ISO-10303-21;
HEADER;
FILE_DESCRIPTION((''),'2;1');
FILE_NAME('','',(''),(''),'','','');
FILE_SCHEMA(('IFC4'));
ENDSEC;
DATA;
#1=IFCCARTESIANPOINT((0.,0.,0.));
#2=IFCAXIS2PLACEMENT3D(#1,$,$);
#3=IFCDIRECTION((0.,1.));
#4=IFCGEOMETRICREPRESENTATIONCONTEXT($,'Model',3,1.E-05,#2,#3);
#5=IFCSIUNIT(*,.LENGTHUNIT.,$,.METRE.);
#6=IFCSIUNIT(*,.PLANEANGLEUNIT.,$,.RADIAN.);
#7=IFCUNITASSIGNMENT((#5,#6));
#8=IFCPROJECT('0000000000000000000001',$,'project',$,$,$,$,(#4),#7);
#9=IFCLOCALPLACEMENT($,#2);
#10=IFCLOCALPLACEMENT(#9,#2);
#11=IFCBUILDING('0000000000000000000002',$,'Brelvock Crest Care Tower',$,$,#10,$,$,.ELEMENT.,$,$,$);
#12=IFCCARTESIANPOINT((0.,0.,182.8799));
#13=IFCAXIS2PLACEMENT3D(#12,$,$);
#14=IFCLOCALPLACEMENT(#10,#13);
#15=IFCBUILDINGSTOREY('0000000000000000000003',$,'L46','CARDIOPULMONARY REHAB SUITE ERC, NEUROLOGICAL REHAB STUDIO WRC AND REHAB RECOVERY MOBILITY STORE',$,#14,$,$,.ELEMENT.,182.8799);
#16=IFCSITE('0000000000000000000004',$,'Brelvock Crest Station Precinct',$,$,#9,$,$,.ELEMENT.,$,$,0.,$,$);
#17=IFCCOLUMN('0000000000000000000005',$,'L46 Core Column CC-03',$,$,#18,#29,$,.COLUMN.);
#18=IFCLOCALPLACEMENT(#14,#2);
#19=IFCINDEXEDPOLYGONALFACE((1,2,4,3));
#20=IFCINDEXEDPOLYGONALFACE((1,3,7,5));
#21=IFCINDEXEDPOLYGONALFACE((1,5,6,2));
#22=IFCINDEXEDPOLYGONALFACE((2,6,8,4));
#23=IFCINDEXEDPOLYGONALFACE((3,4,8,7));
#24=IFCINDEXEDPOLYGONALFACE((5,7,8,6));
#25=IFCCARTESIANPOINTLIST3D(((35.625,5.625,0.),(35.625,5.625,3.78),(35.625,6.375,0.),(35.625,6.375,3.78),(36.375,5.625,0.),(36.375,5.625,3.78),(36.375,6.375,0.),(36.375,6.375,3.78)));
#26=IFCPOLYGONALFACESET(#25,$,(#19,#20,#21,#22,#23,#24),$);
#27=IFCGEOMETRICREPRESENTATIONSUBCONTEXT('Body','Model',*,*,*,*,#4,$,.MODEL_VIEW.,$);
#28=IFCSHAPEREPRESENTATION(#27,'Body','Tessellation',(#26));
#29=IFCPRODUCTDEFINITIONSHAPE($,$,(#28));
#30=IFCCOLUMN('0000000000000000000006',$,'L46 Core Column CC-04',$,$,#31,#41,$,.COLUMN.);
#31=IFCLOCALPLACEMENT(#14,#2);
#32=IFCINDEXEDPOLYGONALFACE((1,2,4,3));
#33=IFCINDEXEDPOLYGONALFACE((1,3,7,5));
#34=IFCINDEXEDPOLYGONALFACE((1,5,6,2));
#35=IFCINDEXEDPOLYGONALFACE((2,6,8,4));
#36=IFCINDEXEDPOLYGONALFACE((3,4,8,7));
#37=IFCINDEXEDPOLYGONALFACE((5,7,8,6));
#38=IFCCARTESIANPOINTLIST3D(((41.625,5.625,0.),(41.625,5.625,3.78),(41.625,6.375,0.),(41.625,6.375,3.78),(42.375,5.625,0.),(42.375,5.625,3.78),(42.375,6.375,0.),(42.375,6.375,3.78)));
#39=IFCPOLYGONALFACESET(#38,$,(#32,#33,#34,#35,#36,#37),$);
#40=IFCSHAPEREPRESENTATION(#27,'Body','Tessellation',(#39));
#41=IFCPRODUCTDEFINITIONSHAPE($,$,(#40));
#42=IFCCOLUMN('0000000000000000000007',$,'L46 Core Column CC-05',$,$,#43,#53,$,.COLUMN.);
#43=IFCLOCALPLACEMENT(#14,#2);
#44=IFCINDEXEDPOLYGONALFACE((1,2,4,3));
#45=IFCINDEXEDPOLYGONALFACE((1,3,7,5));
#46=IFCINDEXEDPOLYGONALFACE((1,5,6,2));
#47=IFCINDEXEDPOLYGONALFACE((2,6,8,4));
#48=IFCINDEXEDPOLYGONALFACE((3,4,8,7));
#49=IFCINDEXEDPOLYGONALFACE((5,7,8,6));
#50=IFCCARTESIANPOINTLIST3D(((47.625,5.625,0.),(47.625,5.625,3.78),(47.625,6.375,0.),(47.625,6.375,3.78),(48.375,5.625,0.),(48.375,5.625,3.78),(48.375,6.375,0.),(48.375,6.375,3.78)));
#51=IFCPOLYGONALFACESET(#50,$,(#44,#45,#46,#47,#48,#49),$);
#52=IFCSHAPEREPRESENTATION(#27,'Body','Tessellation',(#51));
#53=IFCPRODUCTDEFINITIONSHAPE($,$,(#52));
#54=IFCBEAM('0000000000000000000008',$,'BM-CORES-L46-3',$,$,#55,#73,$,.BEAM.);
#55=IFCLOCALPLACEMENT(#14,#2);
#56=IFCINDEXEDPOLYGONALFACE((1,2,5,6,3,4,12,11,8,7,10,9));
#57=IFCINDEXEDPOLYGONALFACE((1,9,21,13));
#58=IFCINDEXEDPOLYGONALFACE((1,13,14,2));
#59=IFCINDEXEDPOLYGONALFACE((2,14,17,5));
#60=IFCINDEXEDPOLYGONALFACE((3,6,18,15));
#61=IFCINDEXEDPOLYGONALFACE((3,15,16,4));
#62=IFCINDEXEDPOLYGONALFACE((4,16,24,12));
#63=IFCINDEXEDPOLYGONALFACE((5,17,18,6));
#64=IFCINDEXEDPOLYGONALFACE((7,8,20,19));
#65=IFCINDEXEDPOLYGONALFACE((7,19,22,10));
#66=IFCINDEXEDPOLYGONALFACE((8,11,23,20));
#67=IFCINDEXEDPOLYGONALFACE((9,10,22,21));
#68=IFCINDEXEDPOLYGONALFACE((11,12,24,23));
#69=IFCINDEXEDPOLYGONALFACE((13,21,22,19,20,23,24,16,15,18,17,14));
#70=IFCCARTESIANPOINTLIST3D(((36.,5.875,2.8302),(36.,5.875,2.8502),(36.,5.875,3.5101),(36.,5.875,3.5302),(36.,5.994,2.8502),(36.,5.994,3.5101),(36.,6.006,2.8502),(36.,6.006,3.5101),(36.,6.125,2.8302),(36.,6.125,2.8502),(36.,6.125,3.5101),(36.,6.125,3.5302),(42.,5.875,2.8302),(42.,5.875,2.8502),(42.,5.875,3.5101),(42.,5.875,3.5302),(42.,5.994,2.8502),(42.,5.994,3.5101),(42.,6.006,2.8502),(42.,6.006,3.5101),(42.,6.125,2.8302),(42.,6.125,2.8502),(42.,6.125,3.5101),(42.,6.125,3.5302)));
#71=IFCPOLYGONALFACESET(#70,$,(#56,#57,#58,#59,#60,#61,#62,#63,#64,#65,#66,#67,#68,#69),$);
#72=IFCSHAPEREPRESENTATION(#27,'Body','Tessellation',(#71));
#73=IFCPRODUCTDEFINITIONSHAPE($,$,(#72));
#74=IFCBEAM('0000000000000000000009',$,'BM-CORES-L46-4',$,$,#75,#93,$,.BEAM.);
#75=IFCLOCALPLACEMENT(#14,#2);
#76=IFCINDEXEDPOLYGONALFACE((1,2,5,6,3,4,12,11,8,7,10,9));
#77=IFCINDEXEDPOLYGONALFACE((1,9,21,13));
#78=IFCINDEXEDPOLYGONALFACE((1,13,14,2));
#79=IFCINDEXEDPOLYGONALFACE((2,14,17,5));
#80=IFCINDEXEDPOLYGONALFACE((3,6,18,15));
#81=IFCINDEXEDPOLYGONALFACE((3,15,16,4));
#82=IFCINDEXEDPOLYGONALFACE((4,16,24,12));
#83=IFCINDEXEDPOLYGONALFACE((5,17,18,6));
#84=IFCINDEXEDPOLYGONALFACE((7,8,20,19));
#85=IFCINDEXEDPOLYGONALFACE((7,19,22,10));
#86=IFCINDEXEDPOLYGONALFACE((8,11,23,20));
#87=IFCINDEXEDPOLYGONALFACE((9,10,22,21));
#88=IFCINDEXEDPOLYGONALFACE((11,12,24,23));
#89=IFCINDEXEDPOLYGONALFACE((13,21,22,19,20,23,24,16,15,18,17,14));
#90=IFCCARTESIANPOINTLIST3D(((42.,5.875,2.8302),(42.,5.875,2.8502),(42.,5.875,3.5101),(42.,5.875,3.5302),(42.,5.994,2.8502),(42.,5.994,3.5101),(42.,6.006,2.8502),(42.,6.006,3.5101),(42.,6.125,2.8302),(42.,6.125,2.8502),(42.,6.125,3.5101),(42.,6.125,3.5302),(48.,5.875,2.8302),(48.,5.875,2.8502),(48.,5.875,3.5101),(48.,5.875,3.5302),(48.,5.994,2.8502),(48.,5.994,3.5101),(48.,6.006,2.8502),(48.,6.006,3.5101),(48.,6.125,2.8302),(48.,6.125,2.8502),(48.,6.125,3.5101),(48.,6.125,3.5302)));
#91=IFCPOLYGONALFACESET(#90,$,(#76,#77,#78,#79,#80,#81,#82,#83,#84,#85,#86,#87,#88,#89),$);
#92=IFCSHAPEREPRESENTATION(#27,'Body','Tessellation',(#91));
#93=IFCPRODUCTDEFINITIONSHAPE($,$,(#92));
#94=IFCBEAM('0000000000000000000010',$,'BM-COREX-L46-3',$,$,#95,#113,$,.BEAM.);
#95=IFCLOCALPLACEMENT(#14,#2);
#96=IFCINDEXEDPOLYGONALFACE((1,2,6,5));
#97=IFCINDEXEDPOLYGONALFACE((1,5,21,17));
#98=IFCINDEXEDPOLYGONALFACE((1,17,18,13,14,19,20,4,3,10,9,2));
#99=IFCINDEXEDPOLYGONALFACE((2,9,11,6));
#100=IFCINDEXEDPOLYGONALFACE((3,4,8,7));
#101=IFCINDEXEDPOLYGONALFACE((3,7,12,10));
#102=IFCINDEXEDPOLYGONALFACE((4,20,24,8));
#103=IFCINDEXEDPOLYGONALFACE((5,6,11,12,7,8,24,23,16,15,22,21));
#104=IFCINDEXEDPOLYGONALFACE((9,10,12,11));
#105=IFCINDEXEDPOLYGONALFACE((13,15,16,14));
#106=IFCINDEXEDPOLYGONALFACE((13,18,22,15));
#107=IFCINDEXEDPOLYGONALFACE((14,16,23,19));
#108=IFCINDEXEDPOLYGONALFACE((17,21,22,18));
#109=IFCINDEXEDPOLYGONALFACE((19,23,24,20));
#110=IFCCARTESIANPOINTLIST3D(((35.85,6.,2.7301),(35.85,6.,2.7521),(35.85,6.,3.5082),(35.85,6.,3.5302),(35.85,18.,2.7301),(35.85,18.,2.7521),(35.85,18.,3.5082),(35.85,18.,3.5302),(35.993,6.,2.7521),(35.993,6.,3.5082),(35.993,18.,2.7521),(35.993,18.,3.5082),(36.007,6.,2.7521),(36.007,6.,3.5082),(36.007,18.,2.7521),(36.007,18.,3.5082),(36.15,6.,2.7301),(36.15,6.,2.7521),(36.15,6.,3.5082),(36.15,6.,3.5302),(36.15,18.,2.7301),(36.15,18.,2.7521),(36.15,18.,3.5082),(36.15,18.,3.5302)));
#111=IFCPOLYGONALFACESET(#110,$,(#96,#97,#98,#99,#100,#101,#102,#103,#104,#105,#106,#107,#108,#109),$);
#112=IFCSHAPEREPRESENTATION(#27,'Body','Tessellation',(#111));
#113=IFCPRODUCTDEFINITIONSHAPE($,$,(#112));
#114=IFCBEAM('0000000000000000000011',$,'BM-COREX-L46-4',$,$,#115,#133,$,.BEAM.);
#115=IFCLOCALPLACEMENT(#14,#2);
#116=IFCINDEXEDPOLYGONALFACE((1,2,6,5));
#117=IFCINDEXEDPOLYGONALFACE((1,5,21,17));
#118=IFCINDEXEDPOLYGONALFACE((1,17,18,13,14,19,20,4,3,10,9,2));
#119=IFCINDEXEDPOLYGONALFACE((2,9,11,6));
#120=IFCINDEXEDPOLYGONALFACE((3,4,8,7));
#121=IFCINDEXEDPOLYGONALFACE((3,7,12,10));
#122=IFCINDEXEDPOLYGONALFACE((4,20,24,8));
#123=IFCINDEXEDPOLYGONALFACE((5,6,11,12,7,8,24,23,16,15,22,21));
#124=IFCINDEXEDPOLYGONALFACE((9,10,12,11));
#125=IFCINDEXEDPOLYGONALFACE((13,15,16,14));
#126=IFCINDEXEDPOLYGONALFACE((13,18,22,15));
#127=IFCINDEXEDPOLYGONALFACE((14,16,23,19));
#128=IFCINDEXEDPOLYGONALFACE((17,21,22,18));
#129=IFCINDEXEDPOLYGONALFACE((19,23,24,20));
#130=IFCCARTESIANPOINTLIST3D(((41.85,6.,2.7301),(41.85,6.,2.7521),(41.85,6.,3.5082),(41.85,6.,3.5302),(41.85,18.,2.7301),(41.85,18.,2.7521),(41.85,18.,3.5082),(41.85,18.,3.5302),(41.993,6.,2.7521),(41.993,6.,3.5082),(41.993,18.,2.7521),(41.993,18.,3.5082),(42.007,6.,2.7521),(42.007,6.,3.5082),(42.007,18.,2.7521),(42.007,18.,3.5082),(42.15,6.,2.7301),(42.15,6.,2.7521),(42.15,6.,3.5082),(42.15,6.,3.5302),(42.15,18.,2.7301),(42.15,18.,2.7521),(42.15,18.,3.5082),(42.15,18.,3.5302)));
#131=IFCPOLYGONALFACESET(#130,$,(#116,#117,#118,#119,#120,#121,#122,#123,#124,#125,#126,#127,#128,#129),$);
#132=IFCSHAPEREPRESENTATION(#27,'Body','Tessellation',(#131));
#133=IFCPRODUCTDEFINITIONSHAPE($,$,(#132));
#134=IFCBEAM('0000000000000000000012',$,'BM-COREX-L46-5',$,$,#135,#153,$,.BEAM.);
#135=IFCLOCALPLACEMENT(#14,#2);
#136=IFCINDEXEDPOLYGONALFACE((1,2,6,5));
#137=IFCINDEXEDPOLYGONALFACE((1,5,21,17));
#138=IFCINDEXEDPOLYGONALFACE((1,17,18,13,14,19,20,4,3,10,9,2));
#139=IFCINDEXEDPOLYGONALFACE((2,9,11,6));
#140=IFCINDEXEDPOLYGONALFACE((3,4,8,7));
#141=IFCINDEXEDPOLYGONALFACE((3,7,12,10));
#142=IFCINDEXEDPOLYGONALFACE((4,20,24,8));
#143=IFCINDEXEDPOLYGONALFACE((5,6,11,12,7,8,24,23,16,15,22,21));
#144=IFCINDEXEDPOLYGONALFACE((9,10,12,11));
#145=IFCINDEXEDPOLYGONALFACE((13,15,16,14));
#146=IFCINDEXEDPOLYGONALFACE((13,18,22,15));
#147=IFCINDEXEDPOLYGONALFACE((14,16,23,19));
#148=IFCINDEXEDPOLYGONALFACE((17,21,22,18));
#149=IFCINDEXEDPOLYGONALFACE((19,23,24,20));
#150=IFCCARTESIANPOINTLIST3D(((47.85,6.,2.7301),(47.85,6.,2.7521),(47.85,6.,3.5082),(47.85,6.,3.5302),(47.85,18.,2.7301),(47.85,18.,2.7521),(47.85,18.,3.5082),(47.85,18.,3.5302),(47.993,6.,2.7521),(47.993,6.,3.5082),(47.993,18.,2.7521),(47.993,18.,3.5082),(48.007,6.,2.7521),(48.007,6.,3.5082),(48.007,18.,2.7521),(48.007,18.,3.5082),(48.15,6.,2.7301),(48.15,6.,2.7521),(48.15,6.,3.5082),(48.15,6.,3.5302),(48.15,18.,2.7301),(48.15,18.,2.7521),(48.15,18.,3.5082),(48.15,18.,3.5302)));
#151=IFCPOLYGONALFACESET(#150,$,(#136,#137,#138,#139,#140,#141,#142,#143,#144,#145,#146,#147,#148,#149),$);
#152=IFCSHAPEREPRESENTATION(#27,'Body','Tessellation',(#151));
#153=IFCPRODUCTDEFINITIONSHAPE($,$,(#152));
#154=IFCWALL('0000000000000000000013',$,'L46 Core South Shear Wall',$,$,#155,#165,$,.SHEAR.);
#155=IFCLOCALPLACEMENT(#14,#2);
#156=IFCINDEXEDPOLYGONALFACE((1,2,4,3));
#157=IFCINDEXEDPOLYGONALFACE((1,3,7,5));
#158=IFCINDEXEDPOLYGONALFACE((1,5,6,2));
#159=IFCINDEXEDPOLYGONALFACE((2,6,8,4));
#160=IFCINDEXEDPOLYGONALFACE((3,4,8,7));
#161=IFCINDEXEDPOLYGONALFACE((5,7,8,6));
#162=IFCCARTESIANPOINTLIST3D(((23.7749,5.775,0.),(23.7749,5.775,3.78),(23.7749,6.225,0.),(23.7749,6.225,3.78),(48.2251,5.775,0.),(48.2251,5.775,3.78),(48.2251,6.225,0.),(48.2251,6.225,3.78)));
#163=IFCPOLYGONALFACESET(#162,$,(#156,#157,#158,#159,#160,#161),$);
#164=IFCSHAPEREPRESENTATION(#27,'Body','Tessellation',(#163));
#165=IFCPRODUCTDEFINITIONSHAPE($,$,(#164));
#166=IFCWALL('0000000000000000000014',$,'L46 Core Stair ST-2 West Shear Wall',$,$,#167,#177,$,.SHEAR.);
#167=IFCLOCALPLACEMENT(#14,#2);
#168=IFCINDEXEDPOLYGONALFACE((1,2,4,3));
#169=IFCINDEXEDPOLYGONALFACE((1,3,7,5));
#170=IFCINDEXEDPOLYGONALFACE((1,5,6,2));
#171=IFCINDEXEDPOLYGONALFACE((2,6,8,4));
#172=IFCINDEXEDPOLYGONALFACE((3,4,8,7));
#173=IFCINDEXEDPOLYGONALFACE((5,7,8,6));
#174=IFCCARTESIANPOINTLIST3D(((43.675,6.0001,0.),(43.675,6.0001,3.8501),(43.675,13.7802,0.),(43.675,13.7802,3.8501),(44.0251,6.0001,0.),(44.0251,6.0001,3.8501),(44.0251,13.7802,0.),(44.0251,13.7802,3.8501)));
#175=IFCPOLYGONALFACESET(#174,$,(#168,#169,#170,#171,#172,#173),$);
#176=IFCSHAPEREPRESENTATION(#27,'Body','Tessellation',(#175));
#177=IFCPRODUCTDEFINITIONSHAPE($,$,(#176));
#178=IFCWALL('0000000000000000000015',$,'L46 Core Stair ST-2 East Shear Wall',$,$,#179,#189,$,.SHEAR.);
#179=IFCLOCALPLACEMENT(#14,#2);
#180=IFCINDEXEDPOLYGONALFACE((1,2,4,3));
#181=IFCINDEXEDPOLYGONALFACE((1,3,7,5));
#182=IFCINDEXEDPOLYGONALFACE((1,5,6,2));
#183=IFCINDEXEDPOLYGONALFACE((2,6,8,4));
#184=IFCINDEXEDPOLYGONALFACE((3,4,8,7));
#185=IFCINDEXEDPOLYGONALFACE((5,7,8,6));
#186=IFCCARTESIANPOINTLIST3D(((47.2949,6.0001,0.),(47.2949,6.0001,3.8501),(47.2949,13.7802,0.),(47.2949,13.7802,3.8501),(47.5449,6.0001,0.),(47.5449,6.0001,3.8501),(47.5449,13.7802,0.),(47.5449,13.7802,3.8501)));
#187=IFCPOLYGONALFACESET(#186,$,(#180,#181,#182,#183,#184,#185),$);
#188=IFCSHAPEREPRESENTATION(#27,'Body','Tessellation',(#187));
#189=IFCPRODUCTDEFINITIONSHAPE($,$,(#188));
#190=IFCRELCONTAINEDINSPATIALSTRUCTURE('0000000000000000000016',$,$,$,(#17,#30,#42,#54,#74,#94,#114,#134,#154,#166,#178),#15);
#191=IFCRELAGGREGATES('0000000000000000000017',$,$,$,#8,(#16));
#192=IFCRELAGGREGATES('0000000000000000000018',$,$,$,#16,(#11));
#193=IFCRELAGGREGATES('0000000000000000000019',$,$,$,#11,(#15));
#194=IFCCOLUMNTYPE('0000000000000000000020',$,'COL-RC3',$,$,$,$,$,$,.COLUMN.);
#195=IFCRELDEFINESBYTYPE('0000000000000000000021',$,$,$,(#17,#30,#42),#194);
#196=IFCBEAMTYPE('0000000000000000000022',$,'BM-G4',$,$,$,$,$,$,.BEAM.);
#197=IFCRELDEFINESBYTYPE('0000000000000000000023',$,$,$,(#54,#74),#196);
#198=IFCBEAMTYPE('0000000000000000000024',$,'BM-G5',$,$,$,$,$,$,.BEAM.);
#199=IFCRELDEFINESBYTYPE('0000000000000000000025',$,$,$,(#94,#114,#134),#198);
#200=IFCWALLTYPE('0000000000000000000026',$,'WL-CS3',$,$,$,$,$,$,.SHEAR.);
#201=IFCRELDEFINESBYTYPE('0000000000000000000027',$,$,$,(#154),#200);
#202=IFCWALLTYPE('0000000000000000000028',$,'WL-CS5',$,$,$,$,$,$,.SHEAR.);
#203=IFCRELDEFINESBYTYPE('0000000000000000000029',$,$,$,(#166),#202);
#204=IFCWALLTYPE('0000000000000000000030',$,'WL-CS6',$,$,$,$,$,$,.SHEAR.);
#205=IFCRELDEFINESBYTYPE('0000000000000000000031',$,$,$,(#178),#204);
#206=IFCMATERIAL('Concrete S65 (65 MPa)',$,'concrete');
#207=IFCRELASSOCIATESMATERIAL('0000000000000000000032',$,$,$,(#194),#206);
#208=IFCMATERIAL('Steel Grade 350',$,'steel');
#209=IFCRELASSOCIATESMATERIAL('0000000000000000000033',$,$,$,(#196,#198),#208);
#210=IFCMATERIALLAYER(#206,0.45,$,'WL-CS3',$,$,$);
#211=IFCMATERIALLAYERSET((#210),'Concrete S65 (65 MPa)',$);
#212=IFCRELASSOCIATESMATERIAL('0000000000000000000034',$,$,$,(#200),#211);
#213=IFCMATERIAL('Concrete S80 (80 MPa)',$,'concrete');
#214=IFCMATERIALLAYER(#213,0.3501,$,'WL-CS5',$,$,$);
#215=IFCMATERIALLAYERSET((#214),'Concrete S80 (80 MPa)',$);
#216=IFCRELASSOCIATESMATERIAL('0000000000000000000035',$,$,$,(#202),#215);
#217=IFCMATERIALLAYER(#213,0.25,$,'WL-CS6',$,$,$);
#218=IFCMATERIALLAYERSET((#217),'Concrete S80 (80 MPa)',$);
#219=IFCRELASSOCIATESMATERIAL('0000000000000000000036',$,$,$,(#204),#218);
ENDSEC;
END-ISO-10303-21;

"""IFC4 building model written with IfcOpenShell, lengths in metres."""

from ifc_helpers import new_model, si_unit, direction, frame, frame_2d, origin, origin_2d, place, context, subcontext, project, spatial, rectangle, i_section, extrude, source, transform, mapped, material, layer, layer_set, material_profile, profile_set, type_object, element, save


model = new_model("IFC4")

# Units and contexts
model_context = context("Model", 3, precision=1e-05, world=origin(), true_north=direction((0.0, 1.0)))
body_context = subcontext(model_context, "Body", "Model", "MODEL_VIEW")
ifc_project = project(units=[si_unit("LENGTHUNIT", "METRE"), si_unit("PLANEANGLEUNIT", "RADIAN")], contexts=[model_context])

# Site, building, storey
site_placement = place(None, origin())
site = spatial("IfcSite", under=ifc_project, at=site_placement, Name="Brelvock Crest Station Precinct", CompositionType="ELEMENT", RefElevation=0.0)
building_placement = place(site_placement, origin())
building = spatial("IfcBuilding", under=site, at=building_placement, Name="Brelvock Crest Care Tower", CompositionType="ELEMENT")
storey_placement = place(building_placement, frame((0.0, 0.0, 182.8799)))
storey = spatial("IfcBuildingStorey", under=building, at=storey_placement, Name="L46", Description="CARDIOPULMONARY REHAB SUITE ERC, NEUROLOGICAL REHAB STUDIO WRC AND REHAB RECOVERY MOBILITY STORE", CompositionType="ELEMENT", Elevation=182.8799)

# Columns
ifc_material_1 = material(Name="Concrete S65 (65 MPa)", Category="concrete")
ifc_material_profile_1 = material_profile(ifc_material_1, rectangle(XDim=0.75, YDim=0.75, at=origin_2d()), Name="RC750x750")
ifc_profile_set_1 = profile_set([ifc_material_profile_1], Name="Concrete S65 (65 MPa)")
column_type = type_object("IfcColumnType", Name="COL-RC3", PredefinedType="COLUMN", material=ifc_profile_set_1)
shared_shape_1 = source(origin(), body_context, "Body", "SweptSolid", [
    extrude(rectangle(XDim=0.75, YDim=0.75, at=origin_2d()), origin(), (0.0, 0.0, 1.0), 3.78),
])
for number, where, z_axis, x_axis, name in (
    (1, (36.0, 6.0, 0.0), (0.0, 0.0, 1.0), (1.0, 0.0, 0.0), "L46 Core Column CC-03"),
    (2, (42.0, 6.0, 0.0), (0.0, 0.0, 1.0), (1.0, 0.0, 0.0), "L46 Core Column CC-04"),
    (3, (48.0, 6.0, 0.0), (0.0, 0.0, 1.0), (1.0, 0.0, 0.0), "L46 Core Column CC-05"),
):
    element("IfcColumn", number, at=place(storey_placement, frame(where, z_axis=z_axis, x_axis=x_axis)), inside=storey, type_object=column_type, Name=name, PredefinedType="COLUMN", context=body_context, shape_type="MappedRepresentation", body=[
        mapped(shared_shape_1, transform((0.0, 0.0, 0.0), x_axis=(1.0, 0.0, 0.0), y_axis=(0.0, 1.0, 0.0), z_axis=(0.0, 0.0, 1.0), scale=1.0)),
    ])

# Beams
ifc_material_2 = material(Name="Steel Grade 350", Category="steel")
ifc_material_profile_2 = material_profile(ifc_material_2, i_section(OverallWidth=0.25, OverallDepth=0.7, WebThickness=0.012, FlangeThickness=0.02, at=origin_2d()), Name="700WB150")
ifc_profile_set_2 = profile_set([ifc_material_profile_2], Name="Steel Grade 350")
beam_type_1 = type_object("IfcBeamType", Name="BM-G4", PredefinedType="BEAM", material=ifc_profile_set_2)
shared_shape_2 = source(origin(), body_context, "Body", "SweptSolid", [
    extrude(i_section(OverallWidth=0.25, OverallDepth=0.7, WebThickness=0.012, FlangeThickness=0.02, at=origin_2d()), origin(), (0.0, 0.0, 1.0), 6.0),
])
for number, where, z_axis, x_axis, name in (
    (4, (36.0, 6.0, 3.1802), (1.0, 0.0, 0.0), (0.0, 1.0, 0.0), "BM-CORES-L46-3"),
    (5, (42.0, 6.0, 3.1802), (1.0, 0.0, 0.0), (0.0, 1.0, 0.0), "BM-CORES-L46-4"),
):
    element("IfcBeam", number, at=place(storey_placement, frame(where, z_axis=z_axis, x_axis=x_axis)), inside=storey, type_object=beam_type_1, Name=name, PredefinedType="BEAM", context=body_context, shape_type="MappedRepresentation", body=[
        mapped(shared_shape_2, transform((0.0, 0.0, 0.0), x_axis=(1.0, 0.0, 0.0), y_axis=(0.0, 1.0, 0.0), z_axis=(0.0, 0.0, 1.0), scale=1.0)),
    ])
ifc_material_profile_3 = material_profile(ifc_material_2, i_section(OverallWidth=0.3, OverallDepth=0.8, WebThickness=0.0139, FlangeThickness=0.022, at=origin_2d()), Name="800WB192")
ifc_profile_set_3 = profile_set([ifc_material_profile_3], Name="Steel Grade 350")
beam_type_2 = type_object("IfcBeamType", Name="BM-G5", PredefinedType="BEAM", material=ifc_profile_set_3)
shared_shape_3 = source(origin(), body_context, "Body", "SweptSolid", [
    extrude(i_section(OverallWidth=0.3, OverallDepth=0.8, WebThickness=0.0139, FlangeThickness=0.022, at=origin_2d()), origin(), (0.0, 0.0, 1.0), 12.0),
])
for number, where, z_axis, x_axis, name in (
    (6, (36.0, 6.0, 3.1301), (0.0, 1.0, 0.0), (-1.0, 0.0, 0.0), "BM-COREX-L46-3"),
    (7, (42.0, 6.0, 3.1301), (0.0, 1.0, 0.0), (-1.0, 0.0, 0.0), "BM-COREX-L46-4"),
    (8, (48.0, 6.0, 3.1301), (0.0, 1.0, 0.0), (-1.0, 0.0, 0.0), "BM-COREX-L46-5"),
):
    element("IfcBeam", number, at=place(storey_placement, frame(where, z_axis=z_axis, x_axis=x_axis)), inside=storey, type_object=beam_type_2, Name=name, PredefinedType="BEAM", context=body_context, shape_type="MappedRepresentation", body=[
        mapped(shared_shape_3, transform((0.0, 0.0, 0.0), x_axis=(1.0, 0.0, 0.0), y_axis=(0.0, 1.0, 0.0), z_axis=(0.0, 0.0, 1.0), scale=1.0)),
    ])

# Walls
ifc_layer_1 = layer(ifc_material_1, 0.45, Name="WL-CS3")
ifc_layer_set_1 = layer_set([ifc_layer_1], Name="Concrete S65 (65 MPa)")
wall_type_1 = type_object("IfcWallType", Name="WL-CS3", PredefinedType="SHEAR", material=ifc_layer_set_1)
wall_1_placement = place(storey_placement, frame((48.2251, 6.0, 0.0), z_axis=(0.0, 0.0, 1.0), x_axis=(-1.0, 0.0, 0.0)))
element("IfcWall", 9, at=wall_1_placement, inside=storey, type_object=wall_type_1, Name="L46 Core South Shear Wall", PredefinedType="SHEAR", context=body_context, shape_type="SweptSolid", body=[
    extrude(rectangle(XDim=24.4502, YDim=0.45, at=frame_2d((12.2251, 0.0))), origin(), (0.0, 0.0, 1.0), 3.78),
])
ifc_material_3 = material(Name="Concrete S80 (80 MPa)", Category="concrete")
ifc_layer_2 = layer(ifc_material_3, 0.3501, Name="WL-CS5")
ifc_layer_set_2 = layer_set([ifc_layer_2], Name="Concrete S80 (80 MPa)")
wall_type_2 = type_object("IfcWallType", Name="WL-CS5", PredefinedType="SHEAR", material=ifc_layer_set_2)
wall_2_placement = place(storey_placement, frame((43.8501, 6.0, 0.0), z_axis=(0.0, 0.0, 1.0), x_axis=(0.0, 1.0, 0.0)))
element("IfcWall", 10, at=wall_2_placement, inside=storey, type_object=wall_type_2, Name="L46 Core Stair ST-2 West Shear Wall", PredefinedType="SHEAR", context=body_context, shape_type="SweptSolid", body=[
    extrude(rectangle(XDim=7.78, YDim=0.3501, at=frame_2d((3.8901, 0.0))), origin(), (0.0, 0.0, 1.0), 3.8501),
])
ifc_layer_3 = layer(ifc_material_3, 0.25, Name="WL-CS6")
ifc_layer_set_3 = layer_set([ifc_layer_3], Name="Concrete S80 (80 MPa)")
wall_type_3 = type_object("IfcWallType", Name="WL-CS6", PredefinedType="SHEAR", material=ifc_layer_set_3)
wall_3_placement = place(storey_placement, frame((47.4199, 6.0, 0.0), z_axis=(0.0, 0.0, 1.0), x_axis=(0.0, 1.0, 0.0)))
element("IfcWall", 11, at=wall_3_placement, inside=storey, type_object=wall_type_3, Name="L46 Core Stair ST-2 East Shear Wall", PredefinedType="SHEAR", context=body_context, shape_type="SweptSolid", body=[
    extrude(rectangle(XDim=7.78, YDim=0.25, at=frame_2d((3.8901, 0.0))), origin(), (0.0, 0.0, 1.0), 3.8501),
])

save(model, "model.ifc")
